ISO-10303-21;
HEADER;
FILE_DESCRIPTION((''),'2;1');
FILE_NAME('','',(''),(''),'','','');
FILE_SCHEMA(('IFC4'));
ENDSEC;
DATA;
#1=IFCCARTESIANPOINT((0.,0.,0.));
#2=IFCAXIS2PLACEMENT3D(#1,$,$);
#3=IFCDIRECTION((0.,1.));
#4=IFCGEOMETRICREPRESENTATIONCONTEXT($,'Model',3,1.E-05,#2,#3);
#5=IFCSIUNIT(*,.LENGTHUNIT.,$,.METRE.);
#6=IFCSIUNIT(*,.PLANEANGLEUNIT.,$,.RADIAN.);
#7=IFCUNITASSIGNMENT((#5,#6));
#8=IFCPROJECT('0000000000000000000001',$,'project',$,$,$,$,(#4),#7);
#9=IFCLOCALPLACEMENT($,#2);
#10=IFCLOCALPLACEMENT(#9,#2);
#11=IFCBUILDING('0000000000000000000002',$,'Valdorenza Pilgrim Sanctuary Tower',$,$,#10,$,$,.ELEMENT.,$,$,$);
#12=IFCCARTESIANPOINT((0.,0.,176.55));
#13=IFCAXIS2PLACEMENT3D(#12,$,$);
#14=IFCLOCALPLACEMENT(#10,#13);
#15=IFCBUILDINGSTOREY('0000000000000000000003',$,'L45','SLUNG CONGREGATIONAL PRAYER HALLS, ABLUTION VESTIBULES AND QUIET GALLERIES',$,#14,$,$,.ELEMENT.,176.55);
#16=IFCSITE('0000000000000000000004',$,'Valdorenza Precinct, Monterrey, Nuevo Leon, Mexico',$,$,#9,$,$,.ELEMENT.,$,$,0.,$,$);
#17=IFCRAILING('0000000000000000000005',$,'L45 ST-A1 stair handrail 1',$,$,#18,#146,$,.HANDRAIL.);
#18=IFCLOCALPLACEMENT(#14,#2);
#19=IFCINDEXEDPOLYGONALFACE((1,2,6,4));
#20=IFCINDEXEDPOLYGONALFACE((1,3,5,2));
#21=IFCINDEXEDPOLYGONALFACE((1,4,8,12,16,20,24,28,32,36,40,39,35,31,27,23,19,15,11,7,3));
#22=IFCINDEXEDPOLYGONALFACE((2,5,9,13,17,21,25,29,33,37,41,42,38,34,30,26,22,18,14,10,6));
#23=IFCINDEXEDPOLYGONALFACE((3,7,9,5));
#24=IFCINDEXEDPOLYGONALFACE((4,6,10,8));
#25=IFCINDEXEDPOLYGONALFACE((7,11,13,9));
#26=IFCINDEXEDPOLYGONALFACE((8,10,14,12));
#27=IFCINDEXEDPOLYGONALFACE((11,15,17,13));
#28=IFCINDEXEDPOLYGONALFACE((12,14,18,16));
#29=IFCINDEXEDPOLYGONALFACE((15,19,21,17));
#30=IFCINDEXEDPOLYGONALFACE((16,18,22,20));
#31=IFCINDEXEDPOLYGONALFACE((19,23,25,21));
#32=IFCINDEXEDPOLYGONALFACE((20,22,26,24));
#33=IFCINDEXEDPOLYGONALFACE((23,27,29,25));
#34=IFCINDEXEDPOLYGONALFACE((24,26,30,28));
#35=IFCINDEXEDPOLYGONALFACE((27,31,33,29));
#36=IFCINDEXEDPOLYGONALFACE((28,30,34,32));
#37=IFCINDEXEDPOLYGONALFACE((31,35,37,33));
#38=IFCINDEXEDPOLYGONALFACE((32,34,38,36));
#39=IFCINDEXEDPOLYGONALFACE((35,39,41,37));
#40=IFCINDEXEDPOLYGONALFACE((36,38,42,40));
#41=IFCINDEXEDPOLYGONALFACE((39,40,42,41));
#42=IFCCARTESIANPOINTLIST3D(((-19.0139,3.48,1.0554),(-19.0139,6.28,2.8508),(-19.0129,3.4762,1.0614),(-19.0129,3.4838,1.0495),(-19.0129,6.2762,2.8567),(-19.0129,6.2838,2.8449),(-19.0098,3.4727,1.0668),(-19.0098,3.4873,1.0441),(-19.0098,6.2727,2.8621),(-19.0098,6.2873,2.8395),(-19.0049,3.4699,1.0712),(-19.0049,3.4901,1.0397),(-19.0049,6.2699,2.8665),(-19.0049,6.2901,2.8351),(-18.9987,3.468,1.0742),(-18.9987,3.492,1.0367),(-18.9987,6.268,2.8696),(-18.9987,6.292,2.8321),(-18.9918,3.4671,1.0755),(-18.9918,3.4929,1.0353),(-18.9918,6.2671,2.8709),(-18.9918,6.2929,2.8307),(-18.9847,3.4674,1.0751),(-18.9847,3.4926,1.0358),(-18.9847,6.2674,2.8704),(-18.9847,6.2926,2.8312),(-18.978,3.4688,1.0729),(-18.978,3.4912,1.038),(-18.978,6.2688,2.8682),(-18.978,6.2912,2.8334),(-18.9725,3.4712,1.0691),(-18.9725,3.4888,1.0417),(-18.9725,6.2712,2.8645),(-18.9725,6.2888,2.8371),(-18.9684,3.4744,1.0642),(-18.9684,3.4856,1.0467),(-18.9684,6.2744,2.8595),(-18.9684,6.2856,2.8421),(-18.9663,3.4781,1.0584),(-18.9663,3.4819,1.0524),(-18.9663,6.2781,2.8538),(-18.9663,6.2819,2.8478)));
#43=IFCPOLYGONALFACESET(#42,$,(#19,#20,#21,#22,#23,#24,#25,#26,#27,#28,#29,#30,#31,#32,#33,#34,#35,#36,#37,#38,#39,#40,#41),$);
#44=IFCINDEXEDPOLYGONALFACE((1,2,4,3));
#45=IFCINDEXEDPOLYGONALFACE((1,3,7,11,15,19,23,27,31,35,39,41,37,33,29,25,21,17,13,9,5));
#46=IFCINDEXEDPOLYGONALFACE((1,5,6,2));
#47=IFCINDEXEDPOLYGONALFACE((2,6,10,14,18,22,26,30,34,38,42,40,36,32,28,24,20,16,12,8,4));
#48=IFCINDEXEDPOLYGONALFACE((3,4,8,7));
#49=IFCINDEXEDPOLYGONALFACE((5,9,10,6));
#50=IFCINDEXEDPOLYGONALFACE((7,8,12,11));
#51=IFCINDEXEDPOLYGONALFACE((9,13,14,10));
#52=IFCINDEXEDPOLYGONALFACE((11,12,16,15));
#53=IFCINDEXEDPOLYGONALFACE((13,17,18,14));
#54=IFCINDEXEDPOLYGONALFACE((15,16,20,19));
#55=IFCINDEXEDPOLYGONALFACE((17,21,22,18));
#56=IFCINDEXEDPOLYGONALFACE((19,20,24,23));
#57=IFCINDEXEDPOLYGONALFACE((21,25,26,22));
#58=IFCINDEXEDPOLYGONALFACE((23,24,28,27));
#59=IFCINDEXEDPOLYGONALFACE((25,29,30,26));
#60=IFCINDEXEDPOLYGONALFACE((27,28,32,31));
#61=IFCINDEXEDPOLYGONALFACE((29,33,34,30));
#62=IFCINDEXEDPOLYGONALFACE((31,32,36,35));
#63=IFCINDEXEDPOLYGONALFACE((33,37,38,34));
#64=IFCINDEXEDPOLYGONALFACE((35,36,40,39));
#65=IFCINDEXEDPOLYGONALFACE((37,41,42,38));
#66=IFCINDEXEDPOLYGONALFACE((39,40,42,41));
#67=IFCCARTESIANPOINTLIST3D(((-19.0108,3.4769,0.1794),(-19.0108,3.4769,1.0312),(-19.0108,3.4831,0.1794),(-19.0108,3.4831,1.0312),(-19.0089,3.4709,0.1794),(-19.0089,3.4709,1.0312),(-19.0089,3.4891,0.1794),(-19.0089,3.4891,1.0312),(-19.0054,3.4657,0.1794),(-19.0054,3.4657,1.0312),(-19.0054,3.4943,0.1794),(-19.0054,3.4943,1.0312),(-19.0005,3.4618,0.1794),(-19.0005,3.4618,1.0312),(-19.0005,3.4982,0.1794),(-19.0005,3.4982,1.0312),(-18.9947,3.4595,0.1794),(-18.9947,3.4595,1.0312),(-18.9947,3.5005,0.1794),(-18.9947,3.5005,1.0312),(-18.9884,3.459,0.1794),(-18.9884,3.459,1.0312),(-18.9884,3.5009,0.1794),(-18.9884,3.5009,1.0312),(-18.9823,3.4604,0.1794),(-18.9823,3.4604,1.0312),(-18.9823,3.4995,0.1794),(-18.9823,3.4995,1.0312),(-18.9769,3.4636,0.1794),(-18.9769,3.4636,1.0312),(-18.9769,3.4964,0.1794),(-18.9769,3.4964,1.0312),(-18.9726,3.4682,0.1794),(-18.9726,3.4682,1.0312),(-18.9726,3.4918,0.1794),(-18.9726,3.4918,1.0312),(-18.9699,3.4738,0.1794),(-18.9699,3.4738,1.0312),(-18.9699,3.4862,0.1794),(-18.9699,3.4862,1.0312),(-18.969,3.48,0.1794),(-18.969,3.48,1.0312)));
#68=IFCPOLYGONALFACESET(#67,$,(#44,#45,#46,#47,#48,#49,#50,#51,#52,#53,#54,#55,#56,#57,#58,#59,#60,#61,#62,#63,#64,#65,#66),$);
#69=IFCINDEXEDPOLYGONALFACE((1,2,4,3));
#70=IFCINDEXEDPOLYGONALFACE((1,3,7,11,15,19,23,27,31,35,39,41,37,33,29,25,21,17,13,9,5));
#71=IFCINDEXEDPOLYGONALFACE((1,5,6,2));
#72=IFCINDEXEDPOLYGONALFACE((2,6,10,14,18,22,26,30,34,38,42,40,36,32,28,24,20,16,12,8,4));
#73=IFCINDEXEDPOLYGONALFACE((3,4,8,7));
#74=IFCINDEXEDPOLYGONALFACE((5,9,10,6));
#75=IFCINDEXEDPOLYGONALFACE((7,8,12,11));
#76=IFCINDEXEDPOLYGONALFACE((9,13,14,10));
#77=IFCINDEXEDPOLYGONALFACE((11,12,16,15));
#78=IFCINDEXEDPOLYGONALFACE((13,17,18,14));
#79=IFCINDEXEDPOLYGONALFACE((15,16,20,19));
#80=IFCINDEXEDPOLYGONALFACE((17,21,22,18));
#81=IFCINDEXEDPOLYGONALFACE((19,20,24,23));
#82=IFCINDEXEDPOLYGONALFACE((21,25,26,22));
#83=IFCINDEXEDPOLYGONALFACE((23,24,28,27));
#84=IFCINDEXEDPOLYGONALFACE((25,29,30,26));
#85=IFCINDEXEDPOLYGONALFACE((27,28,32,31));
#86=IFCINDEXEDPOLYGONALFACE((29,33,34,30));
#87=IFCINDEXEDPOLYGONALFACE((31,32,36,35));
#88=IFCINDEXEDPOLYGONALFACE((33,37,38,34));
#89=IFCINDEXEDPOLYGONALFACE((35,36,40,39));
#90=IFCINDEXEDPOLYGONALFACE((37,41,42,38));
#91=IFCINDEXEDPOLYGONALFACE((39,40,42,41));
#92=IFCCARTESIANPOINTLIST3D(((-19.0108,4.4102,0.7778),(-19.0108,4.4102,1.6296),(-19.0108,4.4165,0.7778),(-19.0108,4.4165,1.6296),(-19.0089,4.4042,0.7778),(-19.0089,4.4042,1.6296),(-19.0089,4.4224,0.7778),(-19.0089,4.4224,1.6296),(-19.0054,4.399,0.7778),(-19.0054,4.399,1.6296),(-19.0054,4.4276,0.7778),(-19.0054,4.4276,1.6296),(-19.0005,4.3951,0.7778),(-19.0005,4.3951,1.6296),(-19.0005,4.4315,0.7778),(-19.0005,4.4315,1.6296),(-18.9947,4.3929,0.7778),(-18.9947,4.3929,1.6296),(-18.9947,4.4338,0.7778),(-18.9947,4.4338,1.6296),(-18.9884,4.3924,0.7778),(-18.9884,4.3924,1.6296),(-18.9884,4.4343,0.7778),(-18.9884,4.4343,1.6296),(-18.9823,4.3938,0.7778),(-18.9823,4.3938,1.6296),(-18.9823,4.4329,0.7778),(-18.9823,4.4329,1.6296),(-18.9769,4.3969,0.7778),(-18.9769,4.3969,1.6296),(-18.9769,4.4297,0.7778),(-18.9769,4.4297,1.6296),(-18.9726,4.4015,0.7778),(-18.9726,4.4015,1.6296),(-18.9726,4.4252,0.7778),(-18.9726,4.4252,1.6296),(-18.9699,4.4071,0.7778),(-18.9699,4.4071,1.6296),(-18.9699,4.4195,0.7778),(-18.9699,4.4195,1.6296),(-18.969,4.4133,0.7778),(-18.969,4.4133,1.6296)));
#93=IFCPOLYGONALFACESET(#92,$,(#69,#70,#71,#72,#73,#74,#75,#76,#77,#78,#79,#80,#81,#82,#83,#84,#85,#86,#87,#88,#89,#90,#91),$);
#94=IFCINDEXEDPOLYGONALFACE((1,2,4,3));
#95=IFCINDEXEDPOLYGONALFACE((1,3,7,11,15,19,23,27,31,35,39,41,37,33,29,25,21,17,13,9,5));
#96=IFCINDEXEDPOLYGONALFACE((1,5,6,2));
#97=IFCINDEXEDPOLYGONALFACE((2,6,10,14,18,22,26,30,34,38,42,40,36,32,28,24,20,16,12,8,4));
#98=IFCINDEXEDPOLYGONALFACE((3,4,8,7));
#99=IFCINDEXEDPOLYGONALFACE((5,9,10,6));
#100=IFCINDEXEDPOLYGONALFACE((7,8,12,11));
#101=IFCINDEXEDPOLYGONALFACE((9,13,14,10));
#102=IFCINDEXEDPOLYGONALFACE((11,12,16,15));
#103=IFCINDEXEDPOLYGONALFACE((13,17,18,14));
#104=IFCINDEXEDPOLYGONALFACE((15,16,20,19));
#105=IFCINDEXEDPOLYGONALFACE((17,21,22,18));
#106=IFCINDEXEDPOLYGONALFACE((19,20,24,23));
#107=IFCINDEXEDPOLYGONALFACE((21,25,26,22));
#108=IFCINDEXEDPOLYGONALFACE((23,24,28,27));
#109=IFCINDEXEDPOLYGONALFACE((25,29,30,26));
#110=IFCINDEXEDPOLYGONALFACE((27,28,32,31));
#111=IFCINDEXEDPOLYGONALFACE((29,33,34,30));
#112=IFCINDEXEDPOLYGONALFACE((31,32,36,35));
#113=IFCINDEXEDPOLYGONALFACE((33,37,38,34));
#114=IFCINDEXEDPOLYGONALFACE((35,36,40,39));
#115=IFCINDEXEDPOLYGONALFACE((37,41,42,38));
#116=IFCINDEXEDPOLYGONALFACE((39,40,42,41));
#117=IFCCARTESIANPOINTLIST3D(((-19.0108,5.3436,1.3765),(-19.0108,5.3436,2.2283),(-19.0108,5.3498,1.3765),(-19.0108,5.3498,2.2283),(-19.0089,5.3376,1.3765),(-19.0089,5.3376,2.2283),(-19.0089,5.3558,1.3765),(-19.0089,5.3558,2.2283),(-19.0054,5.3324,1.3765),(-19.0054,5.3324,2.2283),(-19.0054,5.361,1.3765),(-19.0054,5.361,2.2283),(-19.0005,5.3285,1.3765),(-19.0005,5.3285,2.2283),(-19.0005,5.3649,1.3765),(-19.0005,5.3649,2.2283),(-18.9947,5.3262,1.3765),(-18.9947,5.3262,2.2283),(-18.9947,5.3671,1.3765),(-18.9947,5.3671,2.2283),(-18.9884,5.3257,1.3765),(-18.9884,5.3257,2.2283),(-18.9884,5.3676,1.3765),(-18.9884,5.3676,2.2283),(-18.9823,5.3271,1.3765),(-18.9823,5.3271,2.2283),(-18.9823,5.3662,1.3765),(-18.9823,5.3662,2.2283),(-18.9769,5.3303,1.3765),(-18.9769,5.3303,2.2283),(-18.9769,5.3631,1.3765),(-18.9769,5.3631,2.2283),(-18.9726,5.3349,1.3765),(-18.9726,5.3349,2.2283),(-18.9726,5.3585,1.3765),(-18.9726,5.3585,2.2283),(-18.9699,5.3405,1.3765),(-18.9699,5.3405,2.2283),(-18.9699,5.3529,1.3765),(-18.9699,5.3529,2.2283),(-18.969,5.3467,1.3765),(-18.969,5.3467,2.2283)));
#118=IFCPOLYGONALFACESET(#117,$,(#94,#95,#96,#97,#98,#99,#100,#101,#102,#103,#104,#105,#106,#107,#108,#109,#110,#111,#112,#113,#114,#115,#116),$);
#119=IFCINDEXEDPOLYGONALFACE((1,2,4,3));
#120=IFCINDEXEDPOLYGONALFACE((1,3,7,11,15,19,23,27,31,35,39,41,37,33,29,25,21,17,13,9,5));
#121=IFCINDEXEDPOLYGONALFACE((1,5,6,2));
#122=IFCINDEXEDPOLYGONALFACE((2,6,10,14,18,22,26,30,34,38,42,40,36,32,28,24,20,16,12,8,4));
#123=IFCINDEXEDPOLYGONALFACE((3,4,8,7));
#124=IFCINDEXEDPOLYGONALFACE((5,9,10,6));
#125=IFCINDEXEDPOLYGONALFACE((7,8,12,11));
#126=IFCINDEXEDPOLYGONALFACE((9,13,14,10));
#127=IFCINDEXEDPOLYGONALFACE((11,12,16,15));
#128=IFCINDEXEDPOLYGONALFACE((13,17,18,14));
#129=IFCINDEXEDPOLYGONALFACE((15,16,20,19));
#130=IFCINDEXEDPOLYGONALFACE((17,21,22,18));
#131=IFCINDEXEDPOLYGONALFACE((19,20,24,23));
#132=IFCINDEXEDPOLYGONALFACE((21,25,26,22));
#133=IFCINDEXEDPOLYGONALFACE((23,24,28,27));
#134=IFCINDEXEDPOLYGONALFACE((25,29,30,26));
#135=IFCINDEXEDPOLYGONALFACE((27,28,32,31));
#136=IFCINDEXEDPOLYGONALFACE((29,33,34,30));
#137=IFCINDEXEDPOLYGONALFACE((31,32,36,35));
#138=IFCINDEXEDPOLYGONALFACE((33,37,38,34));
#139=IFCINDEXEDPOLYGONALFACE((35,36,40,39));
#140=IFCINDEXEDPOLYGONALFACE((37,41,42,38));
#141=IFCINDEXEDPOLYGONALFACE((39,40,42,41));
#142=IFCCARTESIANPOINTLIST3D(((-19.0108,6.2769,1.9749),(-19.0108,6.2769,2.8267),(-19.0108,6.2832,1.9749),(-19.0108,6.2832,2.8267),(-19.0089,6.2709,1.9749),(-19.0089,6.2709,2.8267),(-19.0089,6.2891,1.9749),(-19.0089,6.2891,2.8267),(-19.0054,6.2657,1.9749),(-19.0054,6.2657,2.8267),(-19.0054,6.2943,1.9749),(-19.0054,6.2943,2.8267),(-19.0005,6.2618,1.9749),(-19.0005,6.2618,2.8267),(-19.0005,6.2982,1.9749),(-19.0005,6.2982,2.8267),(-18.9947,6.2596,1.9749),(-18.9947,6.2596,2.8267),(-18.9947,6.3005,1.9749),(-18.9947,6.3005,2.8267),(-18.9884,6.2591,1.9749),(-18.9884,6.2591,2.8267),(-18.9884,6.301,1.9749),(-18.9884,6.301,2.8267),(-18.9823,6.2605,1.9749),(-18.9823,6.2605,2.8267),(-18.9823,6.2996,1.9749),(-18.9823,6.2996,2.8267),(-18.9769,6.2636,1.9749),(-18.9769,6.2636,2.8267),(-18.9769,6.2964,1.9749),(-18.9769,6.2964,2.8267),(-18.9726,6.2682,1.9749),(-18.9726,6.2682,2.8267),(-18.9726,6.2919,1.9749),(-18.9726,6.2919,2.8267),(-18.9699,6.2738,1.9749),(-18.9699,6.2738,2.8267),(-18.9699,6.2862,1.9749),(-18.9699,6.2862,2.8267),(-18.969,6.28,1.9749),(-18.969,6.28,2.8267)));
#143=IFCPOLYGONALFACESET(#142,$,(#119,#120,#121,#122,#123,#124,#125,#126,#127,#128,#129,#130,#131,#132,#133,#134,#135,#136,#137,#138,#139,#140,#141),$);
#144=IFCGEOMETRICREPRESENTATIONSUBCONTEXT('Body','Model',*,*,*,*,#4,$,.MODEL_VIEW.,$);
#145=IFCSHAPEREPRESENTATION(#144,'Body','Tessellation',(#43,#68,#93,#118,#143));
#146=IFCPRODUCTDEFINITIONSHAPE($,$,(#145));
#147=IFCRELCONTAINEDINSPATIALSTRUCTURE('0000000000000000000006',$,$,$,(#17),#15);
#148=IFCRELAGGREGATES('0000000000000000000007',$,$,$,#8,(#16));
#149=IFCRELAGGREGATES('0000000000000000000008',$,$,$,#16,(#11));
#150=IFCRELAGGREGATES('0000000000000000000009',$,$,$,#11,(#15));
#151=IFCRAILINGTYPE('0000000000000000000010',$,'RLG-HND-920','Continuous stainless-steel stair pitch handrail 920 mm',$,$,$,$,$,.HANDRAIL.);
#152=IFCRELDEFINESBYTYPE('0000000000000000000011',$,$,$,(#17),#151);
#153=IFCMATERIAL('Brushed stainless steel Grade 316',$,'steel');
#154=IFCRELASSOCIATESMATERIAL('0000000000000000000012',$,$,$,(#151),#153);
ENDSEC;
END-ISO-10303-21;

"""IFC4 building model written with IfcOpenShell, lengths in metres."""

from ifc_helpers import new_model, si_unit, direction, frame, origin, origin_2d, place, context, subcontext, project, spatial, circle, extrude, material, type_object, element, save


model = new_model("IFC4")

# Units and contexts
model_context = context("Model", 3, precision=1e-05, world=origin(), true_north=direction((0.0, 1.0)))
body_context = subcontext(model_context, "Body", "Model", "MODEL_VIEW")
ifc_project = project(units=[si_unit("LENGTHUNIT", "METRE"), si_unit("PLANEANGLEUNIT", "RADIAN")], contexts=[model_context])

# Site, building, storey
site_placement = place(None, origin())
site = spatial("IfcSite", under=ifc_project, at=site_placement, Name="Valdorenza Precinct, Monterrey, Nuevo Leon, Mexico", CompositionType="ELEMENT", RefElevation=0.0)
building_placement = place(site_placement, origin())
building = spatial("IfcBuilding", under=site, at=building_placement, Name="Valdorenza Pilgrim Sanctuary Tower", CompositionType="ELEMENT")
storey_placement = place(building_placement, frame((0.0, 0.0, 176.55)))
storey = spatial("IfcBuildingStorey", under=building, at=storey_placement, Name="L45", Description="SLUNG CONGREGATIONAL PRAYER HALLS, ABLUTION VESTIBULES AND QUIET GALLERIES", CompositionType="ELEMENT", Elevation=176.55)

# Shared definitions
ifc_material_1 = material(Name="Brushed stainless steel Grade 316", Category="steel")

# Railing
railing_type_1 = type_object("IfcRailingType", Name="RLG-HND-920", Description="Continuous stainless-steel stair pitch handrail 920 mm", PredefinedType="HANDRAIL", material=ifc_material_1)
railing_1_placement = place(storey_placement, frame((-18.99, 3.48, 0.1794)))
element("IfcRailing", 1, at=railing_1_placement, inside=storey, type_object=railing_type_1, Name="L45 ST-A1 stair handrail 1", PredefinedType="HANDRAIL", context=body_context, shape_type="SweptSolid", body=[
    extrude(circle(Radius=0.0239, at=origin_2d()), frame((0.0, 0.0, 0.876), z_axis=(0.0, 0.84181, 0.539774), x_axis=(-1.0, 0.0, 0.0)), (0.0, 0.0, 1.0), 3.3262),
    extrude(circle(Radius=0.021, at=origin_2d()), origin(), (0.0, 0.0, 1.0), 0.8518),
    extrude(circle(Radius=0.021, at=origin_2d()), frame((0.0, 0.9333, 0.5984)), (0.0, 0.0, 1.0), 0.8518),
    extrude(circle(Radius=0.021, at=origin_2d()), frame((0.0, 1.8667, 1.197)), (0.0, 0.0, 1.0), 0.8518),
    extrude(circle(Radius=0.021, at=origin_2d()), frame((0.0, 2.8, 1.7954)), (0.0, 0.0, 1.0), 0.8518),
])

save(model, "model.ifc")
